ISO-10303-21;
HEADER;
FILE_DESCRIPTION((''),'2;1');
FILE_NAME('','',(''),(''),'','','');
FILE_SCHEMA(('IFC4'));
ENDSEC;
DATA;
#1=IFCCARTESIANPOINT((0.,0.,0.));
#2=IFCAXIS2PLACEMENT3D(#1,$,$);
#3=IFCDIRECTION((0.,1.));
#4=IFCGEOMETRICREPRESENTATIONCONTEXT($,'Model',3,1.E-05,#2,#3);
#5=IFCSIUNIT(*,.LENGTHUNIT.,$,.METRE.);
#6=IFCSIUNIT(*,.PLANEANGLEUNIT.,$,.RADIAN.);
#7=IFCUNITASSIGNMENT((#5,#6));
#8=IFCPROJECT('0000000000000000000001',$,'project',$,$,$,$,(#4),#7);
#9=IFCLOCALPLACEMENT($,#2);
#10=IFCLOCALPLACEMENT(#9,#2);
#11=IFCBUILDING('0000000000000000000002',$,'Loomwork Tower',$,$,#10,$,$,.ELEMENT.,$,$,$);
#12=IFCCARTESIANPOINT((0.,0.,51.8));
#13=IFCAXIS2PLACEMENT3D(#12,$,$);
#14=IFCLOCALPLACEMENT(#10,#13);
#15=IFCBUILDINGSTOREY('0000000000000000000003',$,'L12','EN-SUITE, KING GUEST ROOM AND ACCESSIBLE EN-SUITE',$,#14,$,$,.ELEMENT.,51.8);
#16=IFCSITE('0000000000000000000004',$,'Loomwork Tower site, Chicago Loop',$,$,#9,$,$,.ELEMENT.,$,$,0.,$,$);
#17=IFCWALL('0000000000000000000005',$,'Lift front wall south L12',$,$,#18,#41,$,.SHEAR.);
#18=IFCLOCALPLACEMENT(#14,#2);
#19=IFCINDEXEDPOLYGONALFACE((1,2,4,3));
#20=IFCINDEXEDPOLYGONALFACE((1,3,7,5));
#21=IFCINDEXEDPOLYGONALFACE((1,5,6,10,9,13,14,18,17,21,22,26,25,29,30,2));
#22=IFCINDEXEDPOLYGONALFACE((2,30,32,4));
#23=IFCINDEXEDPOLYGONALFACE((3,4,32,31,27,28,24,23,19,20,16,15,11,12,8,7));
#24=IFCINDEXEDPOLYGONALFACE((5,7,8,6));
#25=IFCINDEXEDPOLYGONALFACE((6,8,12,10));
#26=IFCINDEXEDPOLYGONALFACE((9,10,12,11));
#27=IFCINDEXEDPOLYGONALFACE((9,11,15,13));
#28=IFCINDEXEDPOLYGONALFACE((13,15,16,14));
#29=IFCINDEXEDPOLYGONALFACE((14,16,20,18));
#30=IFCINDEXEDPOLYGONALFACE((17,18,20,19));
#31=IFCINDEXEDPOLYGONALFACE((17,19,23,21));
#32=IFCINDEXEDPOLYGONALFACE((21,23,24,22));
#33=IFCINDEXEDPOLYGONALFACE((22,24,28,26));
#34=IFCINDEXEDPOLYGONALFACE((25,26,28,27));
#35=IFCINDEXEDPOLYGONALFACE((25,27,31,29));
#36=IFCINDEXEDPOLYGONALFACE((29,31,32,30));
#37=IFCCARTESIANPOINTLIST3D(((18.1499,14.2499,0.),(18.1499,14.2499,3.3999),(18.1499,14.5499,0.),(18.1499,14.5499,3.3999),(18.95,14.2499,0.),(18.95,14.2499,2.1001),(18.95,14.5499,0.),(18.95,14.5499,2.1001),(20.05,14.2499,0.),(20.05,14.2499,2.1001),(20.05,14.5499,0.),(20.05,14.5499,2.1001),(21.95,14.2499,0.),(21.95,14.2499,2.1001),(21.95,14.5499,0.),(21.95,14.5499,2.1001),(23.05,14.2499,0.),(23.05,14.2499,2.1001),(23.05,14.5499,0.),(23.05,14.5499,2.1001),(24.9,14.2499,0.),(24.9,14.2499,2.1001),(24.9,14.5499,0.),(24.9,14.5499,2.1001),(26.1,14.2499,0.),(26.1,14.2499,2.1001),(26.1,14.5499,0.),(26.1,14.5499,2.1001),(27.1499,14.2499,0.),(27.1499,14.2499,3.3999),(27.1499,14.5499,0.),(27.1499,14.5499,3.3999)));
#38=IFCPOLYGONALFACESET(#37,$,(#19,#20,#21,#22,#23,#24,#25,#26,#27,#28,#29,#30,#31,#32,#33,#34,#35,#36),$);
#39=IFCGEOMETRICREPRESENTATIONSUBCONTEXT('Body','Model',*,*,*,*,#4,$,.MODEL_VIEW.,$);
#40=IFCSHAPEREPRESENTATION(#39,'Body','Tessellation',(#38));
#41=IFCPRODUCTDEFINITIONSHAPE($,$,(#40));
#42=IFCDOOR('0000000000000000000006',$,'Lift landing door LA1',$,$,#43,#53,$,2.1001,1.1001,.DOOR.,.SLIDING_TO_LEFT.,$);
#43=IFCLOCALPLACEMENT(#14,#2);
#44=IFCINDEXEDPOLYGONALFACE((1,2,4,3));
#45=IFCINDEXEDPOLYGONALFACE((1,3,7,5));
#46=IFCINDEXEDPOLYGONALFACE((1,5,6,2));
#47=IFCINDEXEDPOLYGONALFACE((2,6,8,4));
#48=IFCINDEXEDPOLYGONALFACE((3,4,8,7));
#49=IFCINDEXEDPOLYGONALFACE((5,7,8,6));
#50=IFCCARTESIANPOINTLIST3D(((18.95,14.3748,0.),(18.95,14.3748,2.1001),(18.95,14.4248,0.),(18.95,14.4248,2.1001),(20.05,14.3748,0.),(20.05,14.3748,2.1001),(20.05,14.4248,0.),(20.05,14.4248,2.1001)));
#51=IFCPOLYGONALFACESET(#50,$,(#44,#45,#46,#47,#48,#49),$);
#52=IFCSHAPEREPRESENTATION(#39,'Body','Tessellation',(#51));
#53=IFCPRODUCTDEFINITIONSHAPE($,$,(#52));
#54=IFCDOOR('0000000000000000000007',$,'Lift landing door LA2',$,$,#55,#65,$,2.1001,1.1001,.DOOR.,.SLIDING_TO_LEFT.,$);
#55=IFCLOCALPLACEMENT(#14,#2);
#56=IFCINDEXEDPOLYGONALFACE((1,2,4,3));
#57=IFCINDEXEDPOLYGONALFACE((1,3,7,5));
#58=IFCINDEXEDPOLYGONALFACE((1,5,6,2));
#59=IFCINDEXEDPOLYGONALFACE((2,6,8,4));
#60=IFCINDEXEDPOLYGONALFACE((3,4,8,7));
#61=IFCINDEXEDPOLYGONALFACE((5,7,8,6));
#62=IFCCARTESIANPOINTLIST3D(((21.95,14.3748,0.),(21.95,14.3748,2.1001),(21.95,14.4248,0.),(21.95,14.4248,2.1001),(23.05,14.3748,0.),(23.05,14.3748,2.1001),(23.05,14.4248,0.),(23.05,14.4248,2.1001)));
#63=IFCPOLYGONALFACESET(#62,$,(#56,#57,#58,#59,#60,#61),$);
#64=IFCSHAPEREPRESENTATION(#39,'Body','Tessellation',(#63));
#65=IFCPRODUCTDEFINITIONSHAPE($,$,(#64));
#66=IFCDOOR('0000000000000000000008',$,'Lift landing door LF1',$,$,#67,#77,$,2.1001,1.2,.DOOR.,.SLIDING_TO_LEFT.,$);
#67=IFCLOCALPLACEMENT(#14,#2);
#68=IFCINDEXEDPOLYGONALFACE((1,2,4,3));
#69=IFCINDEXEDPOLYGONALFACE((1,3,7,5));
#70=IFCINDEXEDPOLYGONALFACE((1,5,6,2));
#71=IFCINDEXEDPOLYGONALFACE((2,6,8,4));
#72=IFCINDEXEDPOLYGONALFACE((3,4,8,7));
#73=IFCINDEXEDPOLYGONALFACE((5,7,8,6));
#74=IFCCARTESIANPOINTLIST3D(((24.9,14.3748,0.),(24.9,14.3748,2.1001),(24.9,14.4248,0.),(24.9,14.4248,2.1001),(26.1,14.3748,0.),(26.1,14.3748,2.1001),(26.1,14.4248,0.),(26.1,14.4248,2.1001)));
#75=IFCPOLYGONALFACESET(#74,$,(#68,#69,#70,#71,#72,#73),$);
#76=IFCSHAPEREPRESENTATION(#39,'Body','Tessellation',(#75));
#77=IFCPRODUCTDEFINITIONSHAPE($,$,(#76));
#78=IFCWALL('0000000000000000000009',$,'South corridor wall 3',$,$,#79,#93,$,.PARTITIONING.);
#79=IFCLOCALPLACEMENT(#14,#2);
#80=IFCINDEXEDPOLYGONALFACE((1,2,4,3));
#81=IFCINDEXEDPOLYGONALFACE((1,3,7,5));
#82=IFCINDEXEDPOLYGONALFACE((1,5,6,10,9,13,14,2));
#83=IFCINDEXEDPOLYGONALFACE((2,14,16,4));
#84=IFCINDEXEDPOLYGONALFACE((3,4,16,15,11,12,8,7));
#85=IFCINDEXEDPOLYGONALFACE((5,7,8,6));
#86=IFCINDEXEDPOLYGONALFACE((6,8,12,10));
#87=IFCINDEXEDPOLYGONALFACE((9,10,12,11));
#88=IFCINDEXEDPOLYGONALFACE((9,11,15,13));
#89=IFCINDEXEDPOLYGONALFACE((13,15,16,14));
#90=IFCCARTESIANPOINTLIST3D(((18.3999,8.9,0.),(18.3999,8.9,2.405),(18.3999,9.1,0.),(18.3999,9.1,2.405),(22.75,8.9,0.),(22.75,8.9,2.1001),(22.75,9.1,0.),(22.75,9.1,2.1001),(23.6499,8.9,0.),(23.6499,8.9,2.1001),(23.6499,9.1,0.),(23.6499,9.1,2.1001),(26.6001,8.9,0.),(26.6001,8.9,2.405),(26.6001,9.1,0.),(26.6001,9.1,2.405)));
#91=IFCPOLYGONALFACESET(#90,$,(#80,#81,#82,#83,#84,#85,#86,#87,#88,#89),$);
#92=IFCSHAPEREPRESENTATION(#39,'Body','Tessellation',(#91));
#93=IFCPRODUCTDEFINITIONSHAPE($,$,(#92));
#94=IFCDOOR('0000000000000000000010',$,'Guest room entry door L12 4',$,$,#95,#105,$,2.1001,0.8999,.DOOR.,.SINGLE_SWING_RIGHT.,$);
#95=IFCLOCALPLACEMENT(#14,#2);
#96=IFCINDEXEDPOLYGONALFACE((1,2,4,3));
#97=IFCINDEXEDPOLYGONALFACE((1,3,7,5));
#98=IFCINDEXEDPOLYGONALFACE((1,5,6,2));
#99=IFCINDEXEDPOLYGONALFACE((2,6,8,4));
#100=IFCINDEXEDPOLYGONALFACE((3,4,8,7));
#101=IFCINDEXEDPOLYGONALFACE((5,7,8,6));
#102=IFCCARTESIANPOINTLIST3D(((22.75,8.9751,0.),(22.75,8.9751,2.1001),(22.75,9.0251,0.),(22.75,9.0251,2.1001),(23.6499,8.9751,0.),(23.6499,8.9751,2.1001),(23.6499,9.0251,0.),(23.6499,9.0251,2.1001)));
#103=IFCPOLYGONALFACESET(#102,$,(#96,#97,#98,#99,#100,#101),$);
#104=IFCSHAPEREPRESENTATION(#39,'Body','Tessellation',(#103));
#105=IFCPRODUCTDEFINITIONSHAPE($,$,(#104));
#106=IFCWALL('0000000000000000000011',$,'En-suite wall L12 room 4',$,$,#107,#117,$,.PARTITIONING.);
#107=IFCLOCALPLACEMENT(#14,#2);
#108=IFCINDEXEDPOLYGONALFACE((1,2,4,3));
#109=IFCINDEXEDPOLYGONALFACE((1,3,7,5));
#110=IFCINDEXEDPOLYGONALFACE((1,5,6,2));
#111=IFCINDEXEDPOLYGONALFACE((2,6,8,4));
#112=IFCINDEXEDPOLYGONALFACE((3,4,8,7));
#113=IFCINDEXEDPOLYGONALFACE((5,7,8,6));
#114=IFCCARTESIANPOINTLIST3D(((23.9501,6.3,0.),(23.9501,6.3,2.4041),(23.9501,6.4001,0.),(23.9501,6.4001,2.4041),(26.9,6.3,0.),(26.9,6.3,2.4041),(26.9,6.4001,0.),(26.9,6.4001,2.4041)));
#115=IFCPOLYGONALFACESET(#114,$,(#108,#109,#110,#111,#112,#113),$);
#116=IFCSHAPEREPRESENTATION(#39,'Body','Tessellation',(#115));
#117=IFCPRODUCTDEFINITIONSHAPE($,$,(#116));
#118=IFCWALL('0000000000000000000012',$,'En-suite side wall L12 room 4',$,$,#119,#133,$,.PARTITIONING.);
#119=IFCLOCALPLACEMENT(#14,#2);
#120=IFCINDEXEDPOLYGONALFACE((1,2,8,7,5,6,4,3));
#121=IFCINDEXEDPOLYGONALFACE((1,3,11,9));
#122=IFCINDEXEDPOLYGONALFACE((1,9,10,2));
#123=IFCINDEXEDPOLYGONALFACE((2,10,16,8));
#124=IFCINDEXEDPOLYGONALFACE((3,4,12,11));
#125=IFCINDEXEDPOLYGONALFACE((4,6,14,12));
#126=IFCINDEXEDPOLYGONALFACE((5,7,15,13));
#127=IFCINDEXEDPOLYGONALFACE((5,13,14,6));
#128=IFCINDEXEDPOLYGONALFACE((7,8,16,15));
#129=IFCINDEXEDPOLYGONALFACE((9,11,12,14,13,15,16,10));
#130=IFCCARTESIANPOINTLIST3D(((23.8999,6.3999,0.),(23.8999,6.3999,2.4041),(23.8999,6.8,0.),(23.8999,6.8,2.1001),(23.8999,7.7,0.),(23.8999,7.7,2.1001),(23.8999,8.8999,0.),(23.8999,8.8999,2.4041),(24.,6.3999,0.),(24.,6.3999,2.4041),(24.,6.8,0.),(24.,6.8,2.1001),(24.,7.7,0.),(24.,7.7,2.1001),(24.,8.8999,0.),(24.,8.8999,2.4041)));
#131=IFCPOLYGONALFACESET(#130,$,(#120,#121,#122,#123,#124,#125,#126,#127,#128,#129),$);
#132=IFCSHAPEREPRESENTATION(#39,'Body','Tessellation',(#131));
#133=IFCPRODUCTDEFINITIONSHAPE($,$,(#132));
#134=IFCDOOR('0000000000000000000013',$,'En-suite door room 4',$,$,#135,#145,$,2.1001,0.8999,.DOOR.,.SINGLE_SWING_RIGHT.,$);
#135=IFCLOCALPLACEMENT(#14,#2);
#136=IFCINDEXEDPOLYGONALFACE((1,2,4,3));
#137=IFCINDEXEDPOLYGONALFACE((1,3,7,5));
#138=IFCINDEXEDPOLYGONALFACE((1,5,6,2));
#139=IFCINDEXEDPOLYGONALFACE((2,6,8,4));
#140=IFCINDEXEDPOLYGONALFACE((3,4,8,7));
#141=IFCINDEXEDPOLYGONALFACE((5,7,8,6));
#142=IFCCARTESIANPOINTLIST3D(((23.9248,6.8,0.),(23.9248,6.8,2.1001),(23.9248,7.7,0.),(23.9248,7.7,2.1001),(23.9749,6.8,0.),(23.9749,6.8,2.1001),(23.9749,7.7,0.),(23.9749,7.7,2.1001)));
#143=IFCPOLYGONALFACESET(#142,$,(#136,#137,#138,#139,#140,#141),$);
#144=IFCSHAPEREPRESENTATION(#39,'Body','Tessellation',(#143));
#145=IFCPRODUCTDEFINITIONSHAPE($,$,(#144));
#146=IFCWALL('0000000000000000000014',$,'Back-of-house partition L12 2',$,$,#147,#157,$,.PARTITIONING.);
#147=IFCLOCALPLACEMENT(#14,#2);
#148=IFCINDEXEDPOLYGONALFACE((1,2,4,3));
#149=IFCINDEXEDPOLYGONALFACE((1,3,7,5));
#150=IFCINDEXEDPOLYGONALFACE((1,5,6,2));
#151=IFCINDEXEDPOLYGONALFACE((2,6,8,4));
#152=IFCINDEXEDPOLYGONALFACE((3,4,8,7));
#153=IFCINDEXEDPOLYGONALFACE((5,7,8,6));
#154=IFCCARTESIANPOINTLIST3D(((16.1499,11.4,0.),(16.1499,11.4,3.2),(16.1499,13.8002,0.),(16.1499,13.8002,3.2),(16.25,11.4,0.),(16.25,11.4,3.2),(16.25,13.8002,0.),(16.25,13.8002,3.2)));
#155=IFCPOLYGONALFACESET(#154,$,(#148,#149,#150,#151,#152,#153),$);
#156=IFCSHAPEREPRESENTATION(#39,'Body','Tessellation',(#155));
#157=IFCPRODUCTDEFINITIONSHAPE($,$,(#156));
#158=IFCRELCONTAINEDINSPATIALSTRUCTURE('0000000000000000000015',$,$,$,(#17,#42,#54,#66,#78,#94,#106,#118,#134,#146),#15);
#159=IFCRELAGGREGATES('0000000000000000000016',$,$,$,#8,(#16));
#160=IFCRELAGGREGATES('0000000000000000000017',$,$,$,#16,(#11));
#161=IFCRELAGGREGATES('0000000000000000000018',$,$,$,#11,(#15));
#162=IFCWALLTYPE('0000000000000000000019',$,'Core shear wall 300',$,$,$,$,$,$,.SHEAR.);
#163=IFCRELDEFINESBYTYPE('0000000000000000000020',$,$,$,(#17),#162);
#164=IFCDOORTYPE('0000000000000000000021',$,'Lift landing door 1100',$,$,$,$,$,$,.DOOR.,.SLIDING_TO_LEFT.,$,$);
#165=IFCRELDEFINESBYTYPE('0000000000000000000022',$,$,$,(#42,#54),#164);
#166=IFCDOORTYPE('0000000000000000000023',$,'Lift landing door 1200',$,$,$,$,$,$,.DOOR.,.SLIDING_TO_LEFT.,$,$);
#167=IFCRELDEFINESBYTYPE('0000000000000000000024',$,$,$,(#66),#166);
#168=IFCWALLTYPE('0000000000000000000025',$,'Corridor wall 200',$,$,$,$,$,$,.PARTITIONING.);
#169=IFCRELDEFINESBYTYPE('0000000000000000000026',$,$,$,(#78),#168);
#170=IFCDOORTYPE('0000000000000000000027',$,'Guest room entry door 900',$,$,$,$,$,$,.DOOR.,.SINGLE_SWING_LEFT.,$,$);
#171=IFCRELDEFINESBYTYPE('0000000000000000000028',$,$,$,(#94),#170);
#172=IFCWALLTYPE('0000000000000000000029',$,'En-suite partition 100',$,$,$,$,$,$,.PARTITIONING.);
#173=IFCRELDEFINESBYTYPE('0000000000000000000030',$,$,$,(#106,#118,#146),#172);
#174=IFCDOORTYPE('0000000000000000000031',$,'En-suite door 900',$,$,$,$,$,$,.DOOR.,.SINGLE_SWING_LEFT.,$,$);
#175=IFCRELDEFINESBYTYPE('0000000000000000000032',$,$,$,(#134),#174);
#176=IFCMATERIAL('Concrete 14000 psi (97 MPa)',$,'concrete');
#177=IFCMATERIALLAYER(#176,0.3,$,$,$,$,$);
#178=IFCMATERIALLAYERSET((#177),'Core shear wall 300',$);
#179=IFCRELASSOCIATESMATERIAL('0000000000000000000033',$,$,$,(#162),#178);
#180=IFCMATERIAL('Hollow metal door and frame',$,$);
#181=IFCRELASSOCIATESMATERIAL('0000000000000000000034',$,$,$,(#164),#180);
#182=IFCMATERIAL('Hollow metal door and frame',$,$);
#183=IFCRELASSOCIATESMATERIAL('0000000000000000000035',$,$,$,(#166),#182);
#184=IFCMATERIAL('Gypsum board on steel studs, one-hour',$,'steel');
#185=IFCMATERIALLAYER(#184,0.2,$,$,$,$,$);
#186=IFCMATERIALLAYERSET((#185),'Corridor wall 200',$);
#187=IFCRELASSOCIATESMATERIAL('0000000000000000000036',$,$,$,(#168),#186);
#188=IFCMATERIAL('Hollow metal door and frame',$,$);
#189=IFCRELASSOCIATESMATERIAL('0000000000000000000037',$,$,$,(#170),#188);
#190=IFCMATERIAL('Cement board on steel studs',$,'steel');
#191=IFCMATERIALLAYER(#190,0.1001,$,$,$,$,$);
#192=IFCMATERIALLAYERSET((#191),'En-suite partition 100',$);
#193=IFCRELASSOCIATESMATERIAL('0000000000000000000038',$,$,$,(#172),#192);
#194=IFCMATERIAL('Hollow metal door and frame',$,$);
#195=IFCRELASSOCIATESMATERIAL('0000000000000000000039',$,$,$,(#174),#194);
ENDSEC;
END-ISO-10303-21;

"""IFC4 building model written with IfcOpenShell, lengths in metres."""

from ifc_helpers import new_model, si_unit, direction, frame, frame_2d, origin, place, context, subcontext, project, spatial, rectangle, extrude, material, layer, layer_set, type_object, element, fill, save


model = new_model("IFC4")

# Units and contexts
model_context = context("Model", 3, precision=1e-05, world=origin(), true_north=direction((0.0, 1.0)))
body_context = subcontext(model_context, "Body", "Model", "MODEL_VIEW")
ifc_project = project(units=[si_unit("LENGTHUNIT", "METRE"), si_unit("PLANEANGLEUNIT", "RADIAN")], contexts=[model_context])

# Site, building, storey
site_placement = place(None, origin())
site = spatial("IfcSite", under=ifc_project, at=site_placement, Name="Loomwork Tower site, Chicago Loop", CompositionType="ELEMENT", RefElevation=0.0)
building_placement = place(site_placement, origin())
building = spatial("IfcBuilding", under=site, at=building_placement, Name="Loomwork Tower", CompositionType="ELEMENT")
storey_placement = place(building_placement, frame((0.0, 0.0, 51.8)))
storey = spatial("IfcBuildingStorey", under=building, at=storey_placement, Name="L12", Description="EN-SUITE, KING GUEST ROOM AND ACCESSIBLE EN-SUITE", CompositionType="ELEMENT", Elevation=51.8)

# Wall, openings, doors
ifc_material_1 = material(Name="Concrete 14000 psi (97 MPa)", Category="concrete")
ifc_layer_1 = layer(ifc_material_1, 0.3)
ifc_layer_set_1 = layer_set([ifc_layer_1], Name="Core shear wall 300")
wall_type_1 = type_object("IfcWallType", Name="Core shear wall 300", PredefinedType="SHEAR", material=ifc_layer_set_1)
wall_1_placement = place(storey_placement, frame((18.1499, 14.3999, 0.0), z_axis=(0.0, 0.0, 1.0), x_axis=(1.0, 0.0, 0.0)))
wall_1 = element("IfcWall", 1, at=wall_1_placement, inside=storey, type_object=wall_type_1, Name="Lift front wall south L12", PredefinedType="SHEAR", context=body_context, shape_type="SweptSolid", body=[
    extrude(rectangle(XDim=9.0, YDim=0.3, at=frame_2d((4.5, 0.0))), origin(), (0.0, 0.0, 1.0), 3.3999),
])
opening_1_placement = place(wall_1_placement, frame((0.8, 0.0, 0.0)))
opening_1 = element("IfcOpeningElement", 2, at=opening_1_placement, cuts=wall_1, PredefinedType="OPENING", context=body_context, shape_type="SweptSolid", body=[
    extrude(rectangle(XDim=1.1001, YDim=2.1001, at=frame_2d((0.55, 1.05))), frame((0.0, 0.1599, 0.0), z_axis=(0.0, -1.0, 0.0), x_axis=(1.0, 0.0, 0.0)), (0.0, 0.0, 1.0), 0.3201),
])
opening_2_placement = place(wall_1_placement, frame((3.8, 0.0, 0.0)))
opening_2 = element("IfcOpeningElement", 3, at=opening_2_placement, cuts=wall_1, PredefinedType="OPENING", context=body_context, shape_type="SweptSolid", body=[
    extrude(rectangle(XDim=1.1001, YDim=2.1001, at=frame_2d((0.55, 1.05))), frame((0.0, 0.1599, 0.0), z_axis=(0.0, -1.0, 0.0), x_axis=(1.0, 0.0, 0.0)), (0.0, 0.0, 1.0), 0.3201),
])
opening_3_placement = place(wall_1_placement, frame((6.75, 0.0, 0.0)))
opening_3 = element("IfcOpeningElement", 4, at=opening_3_placement, cuts=wall_1, PredefinedType="OPENING", context=body_context, shape_type="SweptSolid", body=[
    extrude(rectangle(XDim=1.2, YDim=2.1001, at=frame_2d((0.6001, 1.05))), frame((0.0, 0.1599, 0.0), z_axis=(0.0, -1.0, 0.0), x_axis=(1.0, 0.0, 0.0)), (0.0, 0.0, 1.0), 0.3201),
])
ifc_material_2 = material(Name="Hollow metal door and frame")
door_type_1 = type_object("IfcDoorType", Name="Lift landing door 1100", OperationType="SLIDING_TO_LEFT", PredefinedType="DOOR", material=ifc_material_2)
door_1_placement = place(opening_1_placement, origin())
door_1 = element("IfcDoor", 5, at=door_1_placement, inside=storey, type_object=door_type_1, Name="Lift landing door LA1", OperationType="SLIDING_TO_LEFT", OverallHeight=2.1001, OverallWidth=1.1001, PredefinedType="DOOR", context=body_context, shape_type="SweptSolid", body=[
    extrude(rectangle(XDim=1.1001, YDim=2.1001, at=frame_2d((0.55, 1.05))), frame((0.0, 0.0249, 0.0), z_axis=(0.0, -1.0, 0.0), x_axis=(1.0, 0.0, 0.0)), (0.0, 0.0, 1.0), 0.05),
])
fill(opening_1, door_1)
door_2_placement = place(opening_2_placement, origin())
door_2 = element("IfcDoor", 6, at=door_2_placement, inside=storey, type_object=door_type_1, Name="Lift landing door LA2", OperationType="SLIDING_TO_LEFT", OverallHeight=2.1001, OverallWidth=1.1001, PredefinedType="DOOR", context=body_context, shape_type="SweptSolid", body=[
    extrude(rectangle(XDim=1.1001, YDim=2.1001, at=frame_2d((0.55, 1.05))), frame((0.0, 0.0249, 0.0), z_axis=(0.0, -1.0, 0.0), x_axis=(1.0, 0.0, 0.0)), (0.0, 0.0, 1.0), 0.05),
])
fill(opening_2, door_2)
ifc_material_3 = material(Name="Hollow metal door and frame")
door_type_2 = type_object("IfcDoorType", Name="Lift landing door 1200", OperationType="SLIDING_TO_LEFT", PredefinedType="DOOR", material=ifc_material_3)
door_3_placement = place(opening_3_placement, origin())
door_3 = element("IfcDoor", 7, at=door_3_placement, inside=storey, type_object=door_type_2, Name="Lift landing door LF1", OperationType="SLIDING_TO_LEFT", OverallHeight=2.1001, OverallWidth=1.2, PredefinedType="DOOR", context=body_context, shape_type="SweptSolid", body=[
    extrude(rectangle(XDim=1.2, YDim=2.1001, at=frame_2d((0.6001, 1.05))), frame((0.0, 0.0249, 0.0), z_axis=(0.0, -1.0, 0.0), x_axis=(1.0, 0.0, 0.0)), (0.0, 0.0, 1.0), 0.05),
])
fill(opening_3, door_3)

# Wall, opening, door
ifc_material_4 = material(Name="Gypsum board on steel studs, one-hour", Category="steel")
ifc_layer_2 = layer(ifc_material_4, 0.2)
ifc_layer_set_2 = layer_set([ifc_layer_2], Name="Corridor wall 200")
wall_type_2 = type_object("IfcWallType", Name="Corridor wall 200", PredefinedType="PARTITIONING", material=ifc_layer_set_2)
wall_2_placement = place(storey_placement, frame((18.3999, 9.0, 0.0), z_axis=(0.0, 0.0, 1.0), x_axis=(1.0, 0.0, 0.0)))
wall_2 = element("IfcWall", 8, at=wall_2_placement, inside=storey, type_object=wall_type_2, Name="South corridor wall 3", PredefinedType="PARTITIONING", context=body_context, shape_type="SweptSolid", body=[
    extrude(rectangle(XDim=8.2002, YDim=0.2, at=frame_2d((4.1001, 0.0))), origin(), (0.0, 0.0, 1.0), 2.405),
])
opening_4_placement = place(wall_2_placement, frame((4.3501, 0.0, 0.0)))
opening_4 = element("IfcOpeningElement", 9, at=opening_4_placement, cuts=wall_2, PredefinedType="OPENING", context=body_context, shape_type="SweptSolid", body=[
    extrude(rectangle(XDim=0.8999, YDim=2.1001, at=frame_2d((0.45, 1.05))), frame((0.0, 0.1099, 0.0), z_axis=(0.0, -1.0, 0.0), x_axis=(1.0, 0.0, 0.0)), (0.0, 0.0, 1.0), 0.22),
])
ifc_material_5 = material(Name="Hollow metal door and frame")
door_type_3 = type_object("IfcDoorType", Name="Guest room entry door 900", OperationType="SINGLE_SWING_LEFT", PredefinedType="DOOR", material=ifc_material_5)
door_4_placement = place(opening_4_placement, frame((0.8999, 0.0, 0.0), z_axis=(0.0, 0.0, 1.0), x_axis=(-1.0, 0.0, 0.0)))
door_4 = element("IfcDoor", 10, at=door_4_placement, inside=storey, type_object=door_type_3, Name="Guest room entry door L12 4", OperationType="SINGLE_SWING_RIGHT", OverallHeight=2.1001, OverallWidth=0.8999, PredefinedType="DOOR", context=body_context, shape_type="SweptSolid", body=[
    extrude(rectangle(XDim=0.8999, YDim=2.1001, at=frame_2d((0.45, 1.05))), frame((0.0, 0.0249, 0.0), z_axis=(0.0, -1.0, 0.0), x_axis=(1.0, 0.0, 0.0)), (0.0, 0.0, 1.0), 0.05),
])
fill(opening_4, door_4)

# Wall
ifc_material_6 = material(Name="Cement board on steel studs", Category="steel")
ifc_layer_3 = layer(ifc_material_6, 0.1001)
ifc_layer_set_3 = layer_set([ifc_layer_3], Name="En-suite partition 100")
wall_type_3 = type_object("IfcWallType", Name="En-suite partition 100", PredefinedType="PARTITIONING", material=ifc_layer_set_3)
wall_3_placement = place(storey_placement, frame((23.95, 6.3501, 0.0), z_axis=(0.0, 0.0, 1.0), x_axis=(1.0, 0.0, 0.0)))
element("IfcWall", 11, at=wall_3_placement, inside=storey, type_object=wall_type_3, Name="En-suite wall L12 room 4", PredefinedType="PARTITIONING", context=body_context, shape_type="SweptSolid", body=[
    extrude(rectangle(XDim=2.95, YDim=0.1001, at=frame_2d((1.4751, 0.0))), origin(), (0.0, 0.0, 1.0), 2.4041),
])

# Wall, opening, door
wall_4_placement = place(storey_placement, frame((23.95, 8.8999, 0.0), z_axis=(0.0, 0.0, 1.0), x_axis=(0.0, -1.0, 0.0)))
wall_4 = element("IfcWall", 12, at=wall_4_placement, inside=storey, type_object=wall_type_3, Name="En-suite side wall L12 room 4", PredefinedType="PARTITIONING", context=body_context, shape_type="SweptSolid", body=[
    extrude(rectangle(XDim=2.5, YDim=0.1001, at=frame_2d((1.25, 0.0))), origin(), (0.0, 0.0, 1.0), 2.4041),
])
opening_5_placement = place(wall_4_placement, frame((1.2, 0.0, 0.0)))
opening_5 = element("IfcOpeningElement", 13, at=opening_5_placement, cuts=wall_4, PredefinedType="OPENING", context=body_context, shape_type="SweptSolid", body=[
    extrude(rectangle(XDim=0.8999, YDim=2.1001, at=frame_2d((0.45, 1.05))), frame((0.0, 0.0601, 0.0), z_axis=(0.0, -1.0, 0.0), x_axis=(1.0, 0.0, 0.0)), (0.0, 0.0, 1.0), 0.1201),
])
ifc_material_7 = material(Name="Hollow metal door and frame")
door_type_4 = type_object("IfcDoorType", Name="En-suite door 900", OperationType="SINGLE_SWING_LEFT", PredefinedType="DOOR", material=ifc_material_7)
door_5_placement = place(opening_5_placement, origin())
door_5 = element("IfcDoor", 14, at=door_5_placement, inside=storey, type_object=door_type_4, Name="En-suite door room 4", OperationType="SINGLE_SWING_RIGHT", OverallHeight=2.1001, OverallWidth=0.8999, PredefinedType="DOOR", context=body_context, shape_type="SweptSolid", body=[
    extrude(rectangle(XDim=0.8999, YDim=2.1001, at=frame_2d((0.45, 1.05))), frame((0.0, 0.0249, 0.0), z_axis=(0.0, -1.0, 0.0), x_axis=(1.0, 0.0, 0.0)), (0.0, 0.0, 1.0), 0.05),
])
fill(opening_5, door_5)

# Wall
wall_5_placement = place(storey_placement, frame((16.2, 11.3999, 0.0), z_axis=(0.0, 0.0, 1.0), x_axis=(0.0, 1.0, 0.0)))
element("IfcWall", 15, at=wall_5_placement, inside=storey, type_object=wall_type_3, Name="Back-of-house partition L12 2", PredefinedType="PARTITIONING", context=body_context, shape_type="SweptSolid", body=[
    extrude(rectangle(XDim=2.4001, YDim=0.1001, at=frame_2d((1.2002, 0.0))), origin(), (0.0, 0.0, 1.0), 3.2),
])

save(model, "model.ifc")
